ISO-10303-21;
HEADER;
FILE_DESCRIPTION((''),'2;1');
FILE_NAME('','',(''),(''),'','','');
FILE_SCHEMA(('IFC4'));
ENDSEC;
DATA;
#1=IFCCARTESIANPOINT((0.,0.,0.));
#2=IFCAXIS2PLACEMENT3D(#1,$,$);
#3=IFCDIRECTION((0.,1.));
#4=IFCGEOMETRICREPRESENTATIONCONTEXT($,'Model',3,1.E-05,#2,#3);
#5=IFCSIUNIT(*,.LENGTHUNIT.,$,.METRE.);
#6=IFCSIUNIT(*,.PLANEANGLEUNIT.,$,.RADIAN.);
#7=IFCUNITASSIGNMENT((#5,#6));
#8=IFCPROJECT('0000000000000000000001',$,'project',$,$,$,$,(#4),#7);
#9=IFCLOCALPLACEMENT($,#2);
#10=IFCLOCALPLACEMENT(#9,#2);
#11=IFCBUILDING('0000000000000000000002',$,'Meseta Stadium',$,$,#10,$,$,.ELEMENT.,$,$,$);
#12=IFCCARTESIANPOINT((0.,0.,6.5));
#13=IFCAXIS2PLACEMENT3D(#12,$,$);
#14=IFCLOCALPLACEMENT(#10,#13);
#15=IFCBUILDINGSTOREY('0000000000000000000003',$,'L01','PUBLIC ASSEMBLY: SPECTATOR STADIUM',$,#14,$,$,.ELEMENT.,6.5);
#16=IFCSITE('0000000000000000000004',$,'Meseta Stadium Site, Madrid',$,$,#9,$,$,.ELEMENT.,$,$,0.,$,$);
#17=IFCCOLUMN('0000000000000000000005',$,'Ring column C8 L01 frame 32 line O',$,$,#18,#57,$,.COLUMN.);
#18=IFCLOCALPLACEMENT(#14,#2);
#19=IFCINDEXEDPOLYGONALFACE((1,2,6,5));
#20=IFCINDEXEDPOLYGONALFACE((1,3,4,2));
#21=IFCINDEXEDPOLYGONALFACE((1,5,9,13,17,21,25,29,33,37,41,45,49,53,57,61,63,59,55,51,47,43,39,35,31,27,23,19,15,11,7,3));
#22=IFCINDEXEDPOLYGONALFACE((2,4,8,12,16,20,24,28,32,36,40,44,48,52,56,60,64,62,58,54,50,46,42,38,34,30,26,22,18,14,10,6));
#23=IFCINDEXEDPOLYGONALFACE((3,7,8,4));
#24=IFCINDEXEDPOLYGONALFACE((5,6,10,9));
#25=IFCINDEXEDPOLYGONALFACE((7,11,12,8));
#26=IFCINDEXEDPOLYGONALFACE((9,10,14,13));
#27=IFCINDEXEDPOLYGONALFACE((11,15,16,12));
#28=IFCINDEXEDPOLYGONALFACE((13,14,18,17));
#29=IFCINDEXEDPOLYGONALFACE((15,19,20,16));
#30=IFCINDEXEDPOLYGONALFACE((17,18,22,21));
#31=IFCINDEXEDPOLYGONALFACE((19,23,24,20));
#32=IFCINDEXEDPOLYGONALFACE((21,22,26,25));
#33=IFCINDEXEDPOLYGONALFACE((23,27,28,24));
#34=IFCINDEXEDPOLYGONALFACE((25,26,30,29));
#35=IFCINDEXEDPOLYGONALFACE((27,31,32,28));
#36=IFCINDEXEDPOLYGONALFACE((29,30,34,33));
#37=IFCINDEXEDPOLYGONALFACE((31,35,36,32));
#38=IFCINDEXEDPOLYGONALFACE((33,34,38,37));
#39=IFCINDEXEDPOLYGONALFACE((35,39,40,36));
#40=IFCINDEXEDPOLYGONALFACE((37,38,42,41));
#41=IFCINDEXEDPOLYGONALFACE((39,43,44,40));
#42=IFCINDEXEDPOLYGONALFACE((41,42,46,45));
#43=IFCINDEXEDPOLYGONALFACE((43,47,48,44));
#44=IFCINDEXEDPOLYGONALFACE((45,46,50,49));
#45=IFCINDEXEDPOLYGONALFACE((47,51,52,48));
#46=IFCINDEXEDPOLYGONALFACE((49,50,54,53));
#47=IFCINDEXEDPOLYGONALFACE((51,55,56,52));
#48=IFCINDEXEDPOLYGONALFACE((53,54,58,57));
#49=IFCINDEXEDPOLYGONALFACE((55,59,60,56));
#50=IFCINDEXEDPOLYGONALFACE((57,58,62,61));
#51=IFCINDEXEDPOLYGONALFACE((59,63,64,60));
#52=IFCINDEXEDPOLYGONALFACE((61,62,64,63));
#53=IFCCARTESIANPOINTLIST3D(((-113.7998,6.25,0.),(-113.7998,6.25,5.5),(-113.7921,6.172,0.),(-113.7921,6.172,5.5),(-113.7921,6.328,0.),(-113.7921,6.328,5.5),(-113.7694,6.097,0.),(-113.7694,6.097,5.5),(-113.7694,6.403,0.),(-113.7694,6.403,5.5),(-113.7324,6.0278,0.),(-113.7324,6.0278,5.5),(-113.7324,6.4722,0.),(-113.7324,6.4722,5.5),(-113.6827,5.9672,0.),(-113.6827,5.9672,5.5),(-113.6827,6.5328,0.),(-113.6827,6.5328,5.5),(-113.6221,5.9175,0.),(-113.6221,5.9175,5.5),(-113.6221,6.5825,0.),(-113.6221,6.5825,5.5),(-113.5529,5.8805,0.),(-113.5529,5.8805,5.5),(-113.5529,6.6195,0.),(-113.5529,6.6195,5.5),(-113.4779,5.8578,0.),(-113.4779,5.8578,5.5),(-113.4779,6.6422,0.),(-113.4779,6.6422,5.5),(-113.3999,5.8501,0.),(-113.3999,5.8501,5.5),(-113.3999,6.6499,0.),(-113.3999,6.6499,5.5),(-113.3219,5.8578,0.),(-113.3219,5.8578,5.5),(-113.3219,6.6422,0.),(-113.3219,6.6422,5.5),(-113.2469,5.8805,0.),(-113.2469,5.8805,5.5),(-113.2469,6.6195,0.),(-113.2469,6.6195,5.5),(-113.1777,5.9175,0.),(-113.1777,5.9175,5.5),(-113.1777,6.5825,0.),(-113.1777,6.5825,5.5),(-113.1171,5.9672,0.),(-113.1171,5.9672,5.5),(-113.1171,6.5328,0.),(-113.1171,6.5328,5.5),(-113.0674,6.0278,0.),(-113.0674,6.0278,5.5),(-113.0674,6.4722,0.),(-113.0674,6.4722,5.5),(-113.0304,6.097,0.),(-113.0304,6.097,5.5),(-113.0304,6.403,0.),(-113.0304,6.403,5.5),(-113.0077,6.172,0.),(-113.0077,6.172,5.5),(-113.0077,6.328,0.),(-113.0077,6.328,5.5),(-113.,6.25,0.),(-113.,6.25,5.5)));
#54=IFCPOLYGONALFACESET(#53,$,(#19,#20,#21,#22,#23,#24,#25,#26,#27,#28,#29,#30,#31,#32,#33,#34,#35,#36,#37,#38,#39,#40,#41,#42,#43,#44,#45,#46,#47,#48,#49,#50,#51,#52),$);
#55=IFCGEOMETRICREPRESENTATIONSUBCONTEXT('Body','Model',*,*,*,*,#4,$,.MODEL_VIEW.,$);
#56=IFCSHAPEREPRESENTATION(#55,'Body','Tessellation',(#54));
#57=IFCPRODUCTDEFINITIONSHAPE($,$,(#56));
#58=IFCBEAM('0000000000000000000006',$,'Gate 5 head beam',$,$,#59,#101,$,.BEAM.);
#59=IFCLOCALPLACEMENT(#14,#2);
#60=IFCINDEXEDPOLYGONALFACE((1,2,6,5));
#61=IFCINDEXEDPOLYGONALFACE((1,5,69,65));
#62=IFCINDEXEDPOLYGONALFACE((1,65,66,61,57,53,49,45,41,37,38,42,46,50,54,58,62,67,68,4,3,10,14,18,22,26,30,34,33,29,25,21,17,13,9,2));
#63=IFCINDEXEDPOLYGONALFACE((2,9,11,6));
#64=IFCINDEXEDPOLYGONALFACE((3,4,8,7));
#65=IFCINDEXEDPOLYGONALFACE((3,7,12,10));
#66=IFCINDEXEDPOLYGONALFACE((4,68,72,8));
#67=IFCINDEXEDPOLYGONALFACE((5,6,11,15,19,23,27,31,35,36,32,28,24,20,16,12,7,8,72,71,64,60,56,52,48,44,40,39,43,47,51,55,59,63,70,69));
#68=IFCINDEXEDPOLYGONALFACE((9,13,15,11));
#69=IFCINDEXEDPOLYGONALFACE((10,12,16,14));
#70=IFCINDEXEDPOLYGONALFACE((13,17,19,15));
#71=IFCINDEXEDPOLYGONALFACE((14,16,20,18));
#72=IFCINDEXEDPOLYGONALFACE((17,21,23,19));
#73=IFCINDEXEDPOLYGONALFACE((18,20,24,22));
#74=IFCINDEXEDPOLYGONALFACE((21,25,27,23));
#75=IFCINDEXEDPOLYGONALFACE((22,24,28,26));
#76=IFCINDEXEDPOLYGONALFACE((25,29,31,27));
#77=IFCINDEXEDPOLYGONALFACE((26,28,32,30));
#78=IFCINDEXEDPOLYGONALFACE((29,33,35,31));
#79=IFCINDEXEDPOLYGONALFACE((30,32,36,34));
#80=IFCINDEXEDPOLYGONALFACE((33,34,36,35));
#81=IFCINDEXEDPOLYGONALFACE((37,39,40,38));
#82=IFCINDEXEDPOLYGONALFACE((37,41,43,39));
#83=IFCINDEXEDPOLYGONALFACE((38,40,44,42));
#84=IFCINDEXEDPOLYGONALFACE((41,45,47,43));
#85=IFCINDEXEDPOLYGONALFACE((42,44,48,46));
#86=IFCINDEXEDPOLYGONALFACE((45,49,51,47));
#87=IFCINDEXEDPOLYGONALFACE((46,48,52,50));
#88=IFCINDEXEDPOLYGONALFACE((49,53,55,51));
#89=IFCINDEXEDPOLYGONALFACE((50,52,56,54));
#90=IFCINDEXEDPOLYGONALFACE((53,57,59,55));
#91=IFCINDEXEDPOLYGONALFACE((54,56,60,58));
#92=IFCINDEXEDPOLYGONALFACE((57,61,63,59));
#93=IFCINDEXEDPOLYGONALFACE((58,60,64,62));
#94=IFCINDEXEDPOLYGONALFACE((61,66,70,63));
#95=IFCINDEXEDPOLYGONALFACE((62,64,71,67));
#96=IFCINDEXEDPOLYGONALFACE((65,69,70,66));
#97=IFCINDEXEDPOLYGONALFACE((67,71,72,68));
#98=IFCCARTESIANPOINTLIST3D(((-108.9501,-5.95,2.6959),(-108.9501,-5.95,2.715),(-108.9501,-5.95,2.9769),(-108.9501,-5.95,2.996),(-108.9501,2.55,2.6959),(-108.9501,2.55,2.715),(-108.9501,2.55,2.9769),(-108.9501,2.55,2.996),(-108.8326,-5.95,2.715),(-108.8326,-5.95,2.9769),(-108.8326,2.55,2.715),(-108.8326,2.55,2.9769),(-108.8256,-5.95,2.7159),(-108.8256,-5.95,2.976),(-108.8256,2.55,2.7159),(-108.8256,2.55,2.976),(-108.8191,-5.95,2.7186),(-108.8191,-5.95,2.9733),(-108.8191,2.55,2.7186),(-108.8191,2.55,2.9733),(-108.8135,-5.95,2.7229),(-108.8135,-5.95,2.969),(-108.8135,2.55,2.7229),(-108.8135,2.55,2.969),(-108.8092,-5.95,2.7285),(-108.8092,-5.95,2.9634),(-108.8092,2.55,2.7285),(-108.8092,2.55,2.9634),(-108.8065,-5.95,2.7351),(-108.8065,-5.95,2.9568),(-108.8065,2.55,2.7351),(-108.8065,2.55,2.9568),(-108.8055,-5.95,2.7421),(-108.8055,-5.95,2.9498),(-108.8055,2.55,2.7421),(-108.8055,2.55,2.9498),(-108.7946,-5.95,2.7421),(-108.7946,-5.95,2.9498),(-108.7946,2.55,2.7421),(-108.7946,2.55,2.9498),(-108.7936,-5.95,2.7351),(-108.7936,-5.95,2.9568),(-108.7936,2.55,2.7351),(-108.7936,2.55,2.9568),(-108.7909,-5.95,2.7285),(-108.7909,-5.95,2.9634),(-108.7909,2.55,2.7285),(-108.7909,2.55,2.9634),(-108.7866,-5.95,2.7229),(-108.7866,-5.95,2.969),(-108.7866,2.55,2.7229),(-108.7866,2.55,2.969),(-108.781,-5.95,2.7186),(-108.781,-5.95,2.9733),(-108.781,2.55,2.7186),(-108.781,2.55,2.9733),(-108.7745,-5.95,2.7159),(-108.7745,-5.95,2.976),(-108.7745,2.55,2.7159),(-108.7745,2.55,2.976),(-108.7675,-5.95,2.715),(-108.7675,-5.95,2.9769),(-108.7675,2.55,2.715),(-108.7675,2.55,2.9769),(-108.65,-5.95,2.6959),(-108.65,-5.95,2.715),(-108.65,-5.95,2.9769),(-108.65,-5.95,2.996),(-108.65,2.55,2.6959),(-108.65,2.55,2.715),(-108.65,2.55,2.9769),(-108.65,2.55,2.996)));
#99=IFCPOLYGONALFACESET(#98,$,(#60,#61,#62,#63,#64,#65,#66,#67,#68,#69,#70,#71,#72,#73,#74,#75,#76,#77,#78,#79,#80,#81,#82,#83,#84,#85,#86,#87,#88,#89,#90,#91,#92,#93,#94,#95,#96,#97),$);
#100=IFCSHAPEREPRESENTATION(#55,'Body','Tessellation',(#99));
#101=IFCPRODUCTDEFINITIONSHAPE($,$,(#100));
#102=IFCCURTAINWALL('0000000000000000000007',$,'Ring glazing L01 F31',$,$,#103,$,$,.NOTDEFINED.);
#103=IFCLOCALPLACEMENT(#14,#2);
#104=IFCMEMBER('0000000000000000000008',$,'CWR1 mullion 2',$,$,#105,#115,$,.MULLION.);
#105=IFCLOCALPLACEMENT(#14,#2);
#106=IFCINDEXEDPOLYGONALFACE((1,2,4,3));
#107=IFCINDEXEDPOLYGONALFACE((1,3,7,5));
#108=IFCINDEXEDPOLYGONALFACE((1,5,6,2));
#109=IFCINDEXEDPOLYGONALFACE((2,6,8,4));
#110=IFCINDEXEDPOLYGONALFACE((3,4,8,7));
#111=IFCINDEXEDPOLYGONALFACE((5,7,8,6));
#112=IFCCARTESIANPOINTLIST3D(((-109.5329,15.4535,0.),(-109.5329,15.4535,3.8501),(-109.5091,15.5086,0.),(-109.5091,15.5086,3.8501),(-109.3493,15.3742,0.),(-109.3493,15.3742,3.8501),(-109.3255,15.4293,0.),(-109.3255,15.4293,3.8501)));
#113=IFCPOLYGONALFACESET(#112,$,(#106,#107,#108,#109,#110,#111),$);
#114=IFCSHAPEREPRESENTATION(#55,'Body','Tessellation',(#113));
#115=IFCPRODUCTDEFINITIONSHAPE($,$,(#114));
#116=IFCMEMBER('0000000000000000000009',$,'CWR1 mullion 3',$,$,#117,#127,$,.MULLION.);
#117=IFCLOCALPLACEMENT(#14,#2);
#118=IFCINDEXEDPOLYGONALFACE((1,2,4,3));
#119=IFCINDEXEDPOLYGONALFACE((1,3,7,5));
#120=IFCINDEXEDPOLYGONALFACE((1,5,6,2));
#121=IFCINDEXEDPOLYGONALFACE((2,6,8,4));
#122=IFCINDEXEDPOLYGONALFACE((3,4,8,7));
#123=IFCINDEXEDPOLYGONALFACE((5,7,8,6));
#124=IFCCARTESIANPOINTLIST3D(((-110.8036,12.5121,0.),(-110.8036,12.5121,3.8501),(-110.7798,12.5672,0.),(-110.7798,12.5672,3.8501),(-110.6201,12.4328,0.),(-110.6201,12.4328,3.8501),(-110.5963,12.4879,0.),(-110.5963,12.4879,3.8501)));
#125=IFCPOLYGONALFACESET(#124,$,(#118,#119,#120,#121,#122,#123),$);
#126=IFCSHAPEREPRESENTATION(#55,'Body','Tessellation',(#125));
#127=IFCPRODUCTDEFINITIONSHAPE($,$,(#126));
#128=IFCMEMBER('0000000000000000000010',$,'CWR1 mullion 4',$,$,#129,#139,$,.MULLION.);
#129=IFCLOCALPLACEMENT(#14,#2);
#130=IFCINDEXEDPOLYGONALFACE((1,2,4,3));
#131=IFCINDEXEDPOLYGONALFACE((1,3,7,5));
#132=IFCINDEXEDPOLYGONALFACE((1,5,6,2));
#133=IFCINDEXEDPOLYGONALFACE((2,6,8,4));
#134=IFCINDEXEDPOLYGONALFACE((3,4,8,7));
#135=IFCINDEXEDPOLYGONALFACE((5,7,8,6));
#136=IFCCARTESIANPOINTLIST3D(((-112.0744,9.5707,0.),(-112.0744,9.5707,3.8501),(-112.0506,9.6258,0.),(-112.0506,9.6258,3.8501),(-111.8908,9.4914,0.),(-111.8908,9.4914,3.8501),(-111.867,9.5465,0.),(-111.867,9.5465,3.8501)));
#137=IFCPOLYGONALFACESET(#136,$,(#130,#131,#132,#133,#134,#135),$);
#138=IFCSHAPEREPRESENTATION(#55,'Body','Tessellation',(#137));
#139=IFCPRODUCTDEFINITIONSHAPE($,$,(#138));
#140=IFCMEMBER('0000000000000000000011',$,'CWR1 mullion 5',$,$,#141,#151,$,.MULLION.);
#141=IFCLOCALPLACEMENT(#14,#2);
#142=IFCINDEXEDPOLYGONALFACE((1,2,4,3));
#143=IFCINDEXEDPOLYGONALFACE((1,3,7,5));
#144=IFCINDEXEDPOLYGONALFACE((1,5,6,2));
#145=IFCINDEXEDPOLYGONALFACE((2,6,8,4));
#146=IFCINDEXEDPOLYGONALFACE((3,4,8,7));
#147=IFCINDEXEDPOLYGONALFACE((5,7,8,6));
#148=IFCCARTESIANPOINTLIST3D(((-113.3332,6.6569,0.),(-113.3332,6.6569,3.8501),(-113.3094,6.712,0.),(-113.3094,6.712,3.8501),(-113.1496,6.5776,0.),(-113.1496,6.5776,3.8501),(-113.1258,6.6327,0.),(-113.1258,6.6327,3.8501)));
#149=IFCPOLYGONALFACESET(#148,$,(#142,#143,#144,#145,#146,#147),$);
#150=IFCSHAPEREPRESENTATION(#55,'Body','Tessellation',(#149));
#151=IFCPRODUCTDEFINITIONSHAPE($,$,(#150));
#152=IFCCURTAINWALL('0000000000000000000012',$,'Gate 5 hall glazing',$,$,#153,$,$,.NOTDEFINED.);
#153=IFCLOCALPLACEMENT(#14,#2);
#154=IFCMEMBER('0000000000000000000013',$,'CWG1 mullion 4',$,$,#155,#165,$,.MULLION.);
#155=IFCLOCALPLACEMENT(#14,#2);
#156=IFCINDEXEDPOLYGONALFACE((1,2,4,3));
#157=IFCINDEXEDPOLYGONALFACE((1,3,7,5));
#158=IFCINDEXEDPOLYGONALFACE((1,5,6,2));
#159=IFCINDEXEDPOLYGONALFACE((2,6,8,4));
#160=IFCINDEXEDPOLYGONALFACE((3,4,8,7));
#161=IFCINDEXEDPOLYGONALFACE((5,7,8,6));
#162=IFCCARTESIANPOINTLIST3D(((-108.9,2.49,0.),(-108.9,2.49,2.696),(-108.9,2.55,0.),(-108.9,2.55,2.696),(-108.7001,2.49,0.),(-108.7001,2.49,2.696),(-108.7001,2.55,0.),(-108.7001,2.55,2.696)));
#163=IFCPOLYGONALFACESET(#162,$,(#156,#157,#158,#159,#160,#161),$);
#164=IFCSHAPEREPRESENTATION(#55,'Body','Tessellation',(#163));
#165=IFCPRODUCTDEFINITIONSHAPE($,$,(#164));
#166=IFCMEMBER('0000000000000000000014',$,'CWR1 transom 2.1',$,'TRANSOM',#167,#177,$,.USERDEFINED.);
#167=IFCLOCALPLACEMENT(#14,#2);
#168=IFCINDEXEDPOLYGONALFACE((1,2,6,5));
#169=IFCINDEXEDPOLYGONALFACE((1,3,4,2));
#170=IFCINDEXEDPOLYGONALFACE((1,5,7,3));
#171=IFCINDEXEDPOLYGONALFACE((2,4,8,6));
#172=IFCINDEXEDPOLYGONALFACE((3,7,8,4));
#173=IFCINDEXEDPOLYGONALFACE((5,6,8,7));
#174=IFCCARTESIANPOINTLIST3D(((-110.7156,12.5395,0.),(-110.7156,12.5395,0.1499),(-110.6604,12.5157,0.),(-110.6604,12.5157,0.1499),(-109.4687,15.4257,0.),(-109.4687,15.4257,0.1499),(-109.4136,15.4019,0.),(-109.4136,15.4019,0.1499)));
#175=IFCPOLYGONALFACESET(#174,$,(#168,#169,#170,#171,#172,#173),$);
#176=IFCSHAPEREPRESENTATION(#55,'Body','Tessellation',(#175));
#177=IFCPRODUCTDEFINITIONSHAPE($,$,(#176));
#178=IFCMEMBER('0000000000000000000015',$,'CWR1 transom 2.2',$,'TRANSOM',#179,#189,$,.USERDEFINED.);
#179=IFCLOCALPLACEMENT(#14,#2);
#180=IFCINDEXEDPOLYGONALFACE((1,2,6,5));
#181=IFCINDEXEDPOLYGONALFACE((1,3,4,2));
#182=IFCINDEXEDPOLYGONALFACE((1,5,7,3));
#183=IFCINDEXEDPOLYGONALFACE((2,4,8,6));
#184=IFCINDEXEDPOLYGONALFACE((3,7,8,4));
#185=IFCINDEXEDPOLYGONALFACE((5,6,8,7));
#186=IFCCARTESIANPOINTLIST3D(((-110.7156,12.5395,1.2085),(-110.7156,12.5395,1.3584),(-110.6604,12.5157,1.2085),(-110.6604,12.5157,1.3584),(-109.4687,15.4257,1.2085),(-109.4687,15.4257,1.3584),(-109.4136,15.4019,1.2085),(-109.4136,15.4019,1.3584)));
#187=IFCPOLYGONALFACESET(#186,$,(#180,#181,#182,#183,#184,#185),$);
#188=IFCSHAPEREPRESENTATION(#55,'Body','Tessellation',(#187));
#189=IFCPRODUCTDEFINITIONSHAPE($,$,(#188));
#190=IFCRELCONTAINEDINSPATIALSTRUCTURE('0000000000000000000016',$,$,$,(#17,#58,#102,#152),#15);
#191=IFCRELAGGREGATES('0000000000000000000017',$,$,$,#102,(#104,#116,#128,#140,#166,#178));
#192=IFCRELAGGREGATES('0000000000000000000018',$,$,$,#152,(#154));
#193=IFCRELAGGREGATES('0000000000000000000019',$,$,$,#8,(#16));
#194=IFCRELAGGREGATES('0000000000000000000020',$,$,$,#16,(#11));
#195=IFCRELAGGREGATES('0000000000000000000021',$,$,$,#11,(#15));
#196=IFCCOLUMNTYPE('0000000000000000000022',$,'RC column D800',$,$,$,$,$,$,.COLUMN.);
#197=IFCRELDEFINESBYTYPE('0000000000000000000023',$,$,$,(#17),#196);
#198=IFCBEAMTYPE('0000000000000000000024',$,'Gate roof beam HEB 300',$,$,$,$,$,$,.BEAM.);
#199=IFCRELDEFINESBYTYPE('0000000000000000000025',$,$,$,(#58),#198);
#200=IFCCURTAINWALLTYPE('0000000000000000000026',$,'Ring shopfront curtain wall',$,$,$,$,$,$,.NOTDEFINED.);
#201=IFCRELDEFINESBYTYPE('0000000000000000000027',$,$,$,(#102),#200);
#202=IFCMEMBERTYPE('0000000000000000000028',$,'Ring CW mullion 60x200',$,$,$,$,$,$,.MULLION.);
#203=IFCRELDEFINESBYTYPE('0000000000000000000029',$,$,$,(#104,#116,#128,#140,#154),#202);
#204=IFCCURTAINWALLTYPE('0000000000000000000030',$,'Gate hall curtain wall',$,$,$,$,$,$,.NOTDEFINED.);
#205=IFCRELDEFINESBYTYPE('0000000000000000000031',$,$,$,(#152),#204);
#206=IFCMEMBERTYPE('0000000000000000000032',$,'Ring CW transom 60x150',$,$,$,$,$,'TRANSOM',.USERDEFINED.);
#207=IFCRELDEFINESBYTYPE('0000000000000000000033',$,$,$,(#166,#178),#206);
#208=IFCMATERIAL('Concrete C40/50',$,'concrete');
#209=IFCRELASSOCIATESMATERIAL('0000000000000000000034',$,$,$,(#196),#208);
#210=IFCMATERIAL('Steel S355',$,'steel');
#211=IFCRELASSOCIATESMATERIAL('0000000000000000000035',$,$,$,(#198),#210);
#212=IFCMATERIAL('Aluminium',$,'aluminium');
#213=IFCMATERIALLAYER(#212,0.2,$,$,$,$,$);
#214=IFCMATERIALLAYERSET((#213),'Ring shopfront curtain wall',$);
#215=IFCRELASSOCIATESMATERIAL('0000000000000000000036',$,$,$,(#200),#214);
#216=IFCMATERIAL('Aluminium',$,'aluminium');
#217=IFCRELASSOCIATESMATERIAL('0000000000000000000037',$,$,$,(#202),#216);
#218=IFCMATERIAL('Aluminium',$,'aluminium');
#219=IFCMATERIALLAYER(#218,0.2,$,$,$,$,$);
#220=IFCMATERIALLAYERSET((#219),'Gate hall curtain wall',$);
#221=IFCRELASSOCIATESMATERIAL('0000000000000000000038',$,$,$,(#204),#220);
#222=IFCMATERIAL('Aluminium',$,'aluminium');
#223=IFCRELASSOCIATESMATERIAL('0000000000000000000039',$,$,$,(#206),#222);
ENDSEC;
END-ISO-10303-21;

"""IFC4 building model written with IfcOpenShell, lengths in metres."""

from ifc_helpers import new_model, si_unit, direction, frame, origin, origin_2d, place, context, subcontext, project, spatial, rectangle, circle, i_section, extrude, material, layer, layer_set, material_profile, profile_set, type_object, element, aggregate, save


model = new_model("IFC4")

# Units and contexts
model_context = context("Model", 3, precision=1e-05, world=origin(), true_north=direction((0.0, 1.0)))
body_context = subcontext(model_context, "Body", "Model", "MODEL_VIEW")
ifc_project = project(units=[si_unit("LENGTHUNIT", "METRE"), si_unit("PLANEANGLEUNIT", "RADIAN")], contexts=[model_context])

# Site, building, storey
site_placement = place(None, origin())
site = spatial("IfcSite", under=ifc_project, at=site_placement, Name="Meseta Stadium Site, Madrid", CompositionType="ELEMENT", RefElevation=0.0)
building_placement = place(site_placement, origin())
building = spatial("IfcBuilding", under=site, at=building_placement, Name="Meseta Stadium", CompositionType="ELEMENT")
storey_placement = place(building_placement, frame((0.0, 0.0, 6.5)))
storey = spatial("IfcBuildingStorey", under=building, at=storey_placement, Name="L01", Description="PUBLIC ASSEMBLY: SPECTATOR STADIUM", CompositionType="ELEMENT", Elevation=6.5)

# Column
ifc_material_1 = material(Name="Concrete C40/50", Category="concrete")
ifc_material_profile_1 = material_profile(ifc_material_1, circle(Radius=0.3999, at=origin_2d()), Name="RC D800")
ifc_profile_set_1 = profile_set([ifc_material_profile_1], Name="Concrete C40/50")
column_type = type_object("IfcColumnType", Name="RC column D800", PredefinedType="COLUMN", material=ifc_profile_set_1)
column_placement = place(storey_placement, frame((-113.3999, 6.25, 0.0), z_axis=(0.0, 0.0, 1.0), x_axis=(1.0, 0.0, 0.0)))
element("IfcColumn", 1, at=column_placement, inside=storey, type_object=column_type, Name="Ring column C8 L01 frame 32 line O", PredefinedType="COLUMN", context=body_context, shape_type="SweptSolid", body=[
    extrude(circle(Radius=0.3999, at=origin_2d()), origin(), (0.0, 0.0, 1.0), 5.5),
])

# Beam
ifc_material_2 = material(Name="Steel S355", Category="steel")
ifc_material_profile_2 = material_profile(ifc_material_2, i_section(OverallWidth=0.3, OverallDepth=0.3, WebThickness=0.011, FlangeThickness=0.019, FilletRadius=0.0271, at=origin_2d()), Name="HEB 300")
ifc_profile_set_2 = profile_set([ifc_material_profile_2], Name="Steel S355")
beam_type = type_object("IfcBeamType", Name="Gate roof beam HEB 300", PredefinedType="BEAM", material=ifc_profile_set_2)
beam_placement = place(storey_placement, frame((-108.8, 2.55, 2.8459), z_axis=(0.0, -1.0, 0.0), x_axis=(1.0, 0.0, 0.0)))
element("IfcBeam", 2, at=beam_placement, inside=storey, type_object=beam_type, Name="Gate 5 head beam", PredefinedType="BEAM", context=body_context, shape_type="SweptSolid", body=[
    extrude(i_section(OverallWidth=0.3, OverallDepth=0.3, WebThickness=0.011, FlangeThickness=0.019, FilletRadius=0.0271, at=origin_2d()), origin(), (0.0, 0.0, 1.0), 8.5),
])

# Curtain wall, members
ifc_material_3 = material(Name="Aluminium", Category="aluminium")
ifc_layer_1 = layer(ifc_material_3, 0.2)
ifc_layer_set_1 = layer_set([ifc_layer_1], Name="Ring shopfront curtain wall")
curtain_wall_type_1 = type_object("IfcCurtainWallType", Name="Ring shopfront curtain wall", PredefinedType="NOTDEFINED", material=ifc_layer_set_1)
curtain_wall_1_placement = place(storey_placement, origin())
curtain_wall_1 = element("IfcCurtainWall", 3, at=curtain_wall_1_placement, inside=storey, type_object=curtain_wall_type_1, Name="Ring glazing L01 F31", PredefinedType="NOTDEFINED")
ifc_material_4 = material(Name="Aluminium", Category="aluminium")
ifc_material_profile_3 = material_profile(ifc_material_4, rectangle(XDim=0.2, YDim=0.0601, at=origin_2d()), Name="CW 200x60")
ifc_profile_set_3 = profile_set([ifc_material_profile_3], Name="Aluminium")
member_type_1 = type_object("IfcMemberType", Name="Ring CW mullion 60x200", PredefinedType="MULLION", material=ifc_profile_set_3)
member_1_placement = place(storey_placement, frame((-109.4292, 15.4414, 0.0), z_axis=(0.0, 0.0, 1.0), x_axis=(0.918, -0.396581, 0.0)))
member_1 = element("IfcMember", 4, at=member_1_placement, type_object=member_type_1, Name="CWR1 mullion 2", PredefinedType="MULLION", context=body_context, shape_type="SweptSolid", body=[
    extrude(rectangle(XDim=0.2, YDim=0.0601, at=origin_2d()), origin(), (0.0, 0.0, 1.0), 3.8501),
])
member_2_placement = place(storey_placement, frame((-110.7, 12.5, 0.0), z_axis=(0.0, 0.0, 1.0), x_axis=(0.918, -0.396581, 0.0)))
member_2 = element("IfcMember", 5, at=member_2_placement, type_object=member_type_1, Name="CWR1 mullion 3", PredefinedType="MULLION", context=body_context, shape_type="SweptSolid", body=[
    extrude(rectangle(XDim=0.2, YDim=0.0601, at=origin_2d()), origin(), (0.0, 0.0, 1.0), 3.8501),
])
member_3_placement = place(storey_placement, frame((-111.9707, 9.5586, 0.0), z_axis=(0.0, 0.0, 1.0), x_axis=(0.918, -0.396581, 0.0)))
member_3 = element("IfcMember", 6, at=member_3_placement, type_object=member_type_1, Name="CWR1 mullion 4", PredefinedType="MULLION", context=body_context, shape_type="SweptSolid", body=[
    extrude(rectangle(XDim=0.2, YDim=0.0601, at=origin_2d()), origin(), (0.0, 0.0, 1.0), 3.8501),
])
member_4_placement = place(storey_placement, frame((-113.2295, 6.6448, 0.0), z_axis=(0.0, 0.0, 1.0), x_axis=(0.918, -0.396581, 0.0)))
member_4 = element("IfcMember", 7, at=member_4_placement, type_object=member_type_1, Name="CWR1 mullion 5", PredefinedType="MULLION", context=body_context, shape_type="SweptSolid", body=[
    extrude(rectangle(XDim=0.2, YDim=0.0601, at=origin_2d()), origin(), (0.0, 0.0, 1.0), 3.8501),
])

# Curtain wall, member
ifc_material_5 = material(Name="Aluminium", Category="aluminium")
ifc_layer_2 = layer(ifc_material_5, 0.2)
ifc_layer_set_2 = layer_set([ifc_layer_2], Name="Gate hall curtain wall")
curtain_wall_type_2 = type_object("IfcCurtainWallType", Name="Gate hall curtain wall", PredefinedType="NOTDEFINED", material=ifc_layer_set_2)
curtain_wall_2_placement = place(storey_placement, origin())
curtain_wall_2 = element("IfcCurtainWall", 8, at=curtain_wall_2_placement, inside=storey, type_object=curtain_wall_type_2, Name="Gate 5 hall glazing", PredefinedType="NOTDEFINED")
member_5_placement = place(storey_placement, frame((-108.8, 2.52, 0.0), z_axis=(0.0, 0.0, 1.0), x_axis=(-1.0, 0.0, 0.0)))
member_5 = element("IfcMember", 9, at=member_5_placement, type_object=member_type_1, Name="CWG1 mullion 4", PredefinedType="MULLION", context=body_context, shape_type="SweptSolid", body=[
    extrude(rectangle(XDim=0.2, YDim=0.0601, at=origin_2d()), origin(), (0.0, 0.0, 1.0), 2.696),
])

# Members
ifc_material_6 = material(Name="Aluminium", Category="aluminium")
ifc_material_profile_4 = material_profile(ifc_material_6, rectangle(XDim=0.0601, YDim=0.1499, at=origin_2d()), Name="CW 60x150")
ifc_profile_set_4 = profile_set([ifc_material_profile_4], Name="Aluminium")
member_type_2 = type_object("IfcMemberType", Name="Ring CW transom 60x150", ElementType="TRANSOM", PredefinedType="USERDEFINED", material=ifc_profile_set_4)
member_6_placement = place(storey_placement, frame((-109.4412, 15.4138, 0.075), z_axis=(-0.39657, -0.918005, 0.0), x_axis=(0.918005, -0.39657, 0.0)))
member_6 = element("IfcMember", 10, at=member_6_placement, type_object=member_type_2, Name="CWR1 transom 2.1", ObjectType="TRANSOM", PredefinedType="USERDEFINED", context=body_context, shape_type="SweptSolid", body=[
    extrude(rectangle(XDim=0.0601, YDim=0.1499, at=origin_2d()), origin(), (0.0, 0.0, 1.0), 3.144),
])
member_7_placement = place(storey_placement, frame((-109.4412, 15.4138, 1.2834), z_axis=(-0.39657, -0.918005, 0.0), x_axis=(0.918005, -0.39657, 0.0)))
member_7 = element("IfcMember", 11, at=member_7_placement, type_object=member_type_2, Name="CWR1 transom 2.2", ObjectType="TRANSOM", PredefinedType="USERDEFINED", context=body_context, shape_type="SweptSolid", body=[
    extrude(rectangle(XDim=0.0601, YDim=0.1499, at=origin_2d()), origin(), (0.0, 0.0, 1.0), 3.144),
])

aggregate(curtain_wall_1, [member_1, member_2, member_3, member_4, member_6, member_7])
aggregate(curtain_wall_2, [member_5])

save(model, "model.ifc")
